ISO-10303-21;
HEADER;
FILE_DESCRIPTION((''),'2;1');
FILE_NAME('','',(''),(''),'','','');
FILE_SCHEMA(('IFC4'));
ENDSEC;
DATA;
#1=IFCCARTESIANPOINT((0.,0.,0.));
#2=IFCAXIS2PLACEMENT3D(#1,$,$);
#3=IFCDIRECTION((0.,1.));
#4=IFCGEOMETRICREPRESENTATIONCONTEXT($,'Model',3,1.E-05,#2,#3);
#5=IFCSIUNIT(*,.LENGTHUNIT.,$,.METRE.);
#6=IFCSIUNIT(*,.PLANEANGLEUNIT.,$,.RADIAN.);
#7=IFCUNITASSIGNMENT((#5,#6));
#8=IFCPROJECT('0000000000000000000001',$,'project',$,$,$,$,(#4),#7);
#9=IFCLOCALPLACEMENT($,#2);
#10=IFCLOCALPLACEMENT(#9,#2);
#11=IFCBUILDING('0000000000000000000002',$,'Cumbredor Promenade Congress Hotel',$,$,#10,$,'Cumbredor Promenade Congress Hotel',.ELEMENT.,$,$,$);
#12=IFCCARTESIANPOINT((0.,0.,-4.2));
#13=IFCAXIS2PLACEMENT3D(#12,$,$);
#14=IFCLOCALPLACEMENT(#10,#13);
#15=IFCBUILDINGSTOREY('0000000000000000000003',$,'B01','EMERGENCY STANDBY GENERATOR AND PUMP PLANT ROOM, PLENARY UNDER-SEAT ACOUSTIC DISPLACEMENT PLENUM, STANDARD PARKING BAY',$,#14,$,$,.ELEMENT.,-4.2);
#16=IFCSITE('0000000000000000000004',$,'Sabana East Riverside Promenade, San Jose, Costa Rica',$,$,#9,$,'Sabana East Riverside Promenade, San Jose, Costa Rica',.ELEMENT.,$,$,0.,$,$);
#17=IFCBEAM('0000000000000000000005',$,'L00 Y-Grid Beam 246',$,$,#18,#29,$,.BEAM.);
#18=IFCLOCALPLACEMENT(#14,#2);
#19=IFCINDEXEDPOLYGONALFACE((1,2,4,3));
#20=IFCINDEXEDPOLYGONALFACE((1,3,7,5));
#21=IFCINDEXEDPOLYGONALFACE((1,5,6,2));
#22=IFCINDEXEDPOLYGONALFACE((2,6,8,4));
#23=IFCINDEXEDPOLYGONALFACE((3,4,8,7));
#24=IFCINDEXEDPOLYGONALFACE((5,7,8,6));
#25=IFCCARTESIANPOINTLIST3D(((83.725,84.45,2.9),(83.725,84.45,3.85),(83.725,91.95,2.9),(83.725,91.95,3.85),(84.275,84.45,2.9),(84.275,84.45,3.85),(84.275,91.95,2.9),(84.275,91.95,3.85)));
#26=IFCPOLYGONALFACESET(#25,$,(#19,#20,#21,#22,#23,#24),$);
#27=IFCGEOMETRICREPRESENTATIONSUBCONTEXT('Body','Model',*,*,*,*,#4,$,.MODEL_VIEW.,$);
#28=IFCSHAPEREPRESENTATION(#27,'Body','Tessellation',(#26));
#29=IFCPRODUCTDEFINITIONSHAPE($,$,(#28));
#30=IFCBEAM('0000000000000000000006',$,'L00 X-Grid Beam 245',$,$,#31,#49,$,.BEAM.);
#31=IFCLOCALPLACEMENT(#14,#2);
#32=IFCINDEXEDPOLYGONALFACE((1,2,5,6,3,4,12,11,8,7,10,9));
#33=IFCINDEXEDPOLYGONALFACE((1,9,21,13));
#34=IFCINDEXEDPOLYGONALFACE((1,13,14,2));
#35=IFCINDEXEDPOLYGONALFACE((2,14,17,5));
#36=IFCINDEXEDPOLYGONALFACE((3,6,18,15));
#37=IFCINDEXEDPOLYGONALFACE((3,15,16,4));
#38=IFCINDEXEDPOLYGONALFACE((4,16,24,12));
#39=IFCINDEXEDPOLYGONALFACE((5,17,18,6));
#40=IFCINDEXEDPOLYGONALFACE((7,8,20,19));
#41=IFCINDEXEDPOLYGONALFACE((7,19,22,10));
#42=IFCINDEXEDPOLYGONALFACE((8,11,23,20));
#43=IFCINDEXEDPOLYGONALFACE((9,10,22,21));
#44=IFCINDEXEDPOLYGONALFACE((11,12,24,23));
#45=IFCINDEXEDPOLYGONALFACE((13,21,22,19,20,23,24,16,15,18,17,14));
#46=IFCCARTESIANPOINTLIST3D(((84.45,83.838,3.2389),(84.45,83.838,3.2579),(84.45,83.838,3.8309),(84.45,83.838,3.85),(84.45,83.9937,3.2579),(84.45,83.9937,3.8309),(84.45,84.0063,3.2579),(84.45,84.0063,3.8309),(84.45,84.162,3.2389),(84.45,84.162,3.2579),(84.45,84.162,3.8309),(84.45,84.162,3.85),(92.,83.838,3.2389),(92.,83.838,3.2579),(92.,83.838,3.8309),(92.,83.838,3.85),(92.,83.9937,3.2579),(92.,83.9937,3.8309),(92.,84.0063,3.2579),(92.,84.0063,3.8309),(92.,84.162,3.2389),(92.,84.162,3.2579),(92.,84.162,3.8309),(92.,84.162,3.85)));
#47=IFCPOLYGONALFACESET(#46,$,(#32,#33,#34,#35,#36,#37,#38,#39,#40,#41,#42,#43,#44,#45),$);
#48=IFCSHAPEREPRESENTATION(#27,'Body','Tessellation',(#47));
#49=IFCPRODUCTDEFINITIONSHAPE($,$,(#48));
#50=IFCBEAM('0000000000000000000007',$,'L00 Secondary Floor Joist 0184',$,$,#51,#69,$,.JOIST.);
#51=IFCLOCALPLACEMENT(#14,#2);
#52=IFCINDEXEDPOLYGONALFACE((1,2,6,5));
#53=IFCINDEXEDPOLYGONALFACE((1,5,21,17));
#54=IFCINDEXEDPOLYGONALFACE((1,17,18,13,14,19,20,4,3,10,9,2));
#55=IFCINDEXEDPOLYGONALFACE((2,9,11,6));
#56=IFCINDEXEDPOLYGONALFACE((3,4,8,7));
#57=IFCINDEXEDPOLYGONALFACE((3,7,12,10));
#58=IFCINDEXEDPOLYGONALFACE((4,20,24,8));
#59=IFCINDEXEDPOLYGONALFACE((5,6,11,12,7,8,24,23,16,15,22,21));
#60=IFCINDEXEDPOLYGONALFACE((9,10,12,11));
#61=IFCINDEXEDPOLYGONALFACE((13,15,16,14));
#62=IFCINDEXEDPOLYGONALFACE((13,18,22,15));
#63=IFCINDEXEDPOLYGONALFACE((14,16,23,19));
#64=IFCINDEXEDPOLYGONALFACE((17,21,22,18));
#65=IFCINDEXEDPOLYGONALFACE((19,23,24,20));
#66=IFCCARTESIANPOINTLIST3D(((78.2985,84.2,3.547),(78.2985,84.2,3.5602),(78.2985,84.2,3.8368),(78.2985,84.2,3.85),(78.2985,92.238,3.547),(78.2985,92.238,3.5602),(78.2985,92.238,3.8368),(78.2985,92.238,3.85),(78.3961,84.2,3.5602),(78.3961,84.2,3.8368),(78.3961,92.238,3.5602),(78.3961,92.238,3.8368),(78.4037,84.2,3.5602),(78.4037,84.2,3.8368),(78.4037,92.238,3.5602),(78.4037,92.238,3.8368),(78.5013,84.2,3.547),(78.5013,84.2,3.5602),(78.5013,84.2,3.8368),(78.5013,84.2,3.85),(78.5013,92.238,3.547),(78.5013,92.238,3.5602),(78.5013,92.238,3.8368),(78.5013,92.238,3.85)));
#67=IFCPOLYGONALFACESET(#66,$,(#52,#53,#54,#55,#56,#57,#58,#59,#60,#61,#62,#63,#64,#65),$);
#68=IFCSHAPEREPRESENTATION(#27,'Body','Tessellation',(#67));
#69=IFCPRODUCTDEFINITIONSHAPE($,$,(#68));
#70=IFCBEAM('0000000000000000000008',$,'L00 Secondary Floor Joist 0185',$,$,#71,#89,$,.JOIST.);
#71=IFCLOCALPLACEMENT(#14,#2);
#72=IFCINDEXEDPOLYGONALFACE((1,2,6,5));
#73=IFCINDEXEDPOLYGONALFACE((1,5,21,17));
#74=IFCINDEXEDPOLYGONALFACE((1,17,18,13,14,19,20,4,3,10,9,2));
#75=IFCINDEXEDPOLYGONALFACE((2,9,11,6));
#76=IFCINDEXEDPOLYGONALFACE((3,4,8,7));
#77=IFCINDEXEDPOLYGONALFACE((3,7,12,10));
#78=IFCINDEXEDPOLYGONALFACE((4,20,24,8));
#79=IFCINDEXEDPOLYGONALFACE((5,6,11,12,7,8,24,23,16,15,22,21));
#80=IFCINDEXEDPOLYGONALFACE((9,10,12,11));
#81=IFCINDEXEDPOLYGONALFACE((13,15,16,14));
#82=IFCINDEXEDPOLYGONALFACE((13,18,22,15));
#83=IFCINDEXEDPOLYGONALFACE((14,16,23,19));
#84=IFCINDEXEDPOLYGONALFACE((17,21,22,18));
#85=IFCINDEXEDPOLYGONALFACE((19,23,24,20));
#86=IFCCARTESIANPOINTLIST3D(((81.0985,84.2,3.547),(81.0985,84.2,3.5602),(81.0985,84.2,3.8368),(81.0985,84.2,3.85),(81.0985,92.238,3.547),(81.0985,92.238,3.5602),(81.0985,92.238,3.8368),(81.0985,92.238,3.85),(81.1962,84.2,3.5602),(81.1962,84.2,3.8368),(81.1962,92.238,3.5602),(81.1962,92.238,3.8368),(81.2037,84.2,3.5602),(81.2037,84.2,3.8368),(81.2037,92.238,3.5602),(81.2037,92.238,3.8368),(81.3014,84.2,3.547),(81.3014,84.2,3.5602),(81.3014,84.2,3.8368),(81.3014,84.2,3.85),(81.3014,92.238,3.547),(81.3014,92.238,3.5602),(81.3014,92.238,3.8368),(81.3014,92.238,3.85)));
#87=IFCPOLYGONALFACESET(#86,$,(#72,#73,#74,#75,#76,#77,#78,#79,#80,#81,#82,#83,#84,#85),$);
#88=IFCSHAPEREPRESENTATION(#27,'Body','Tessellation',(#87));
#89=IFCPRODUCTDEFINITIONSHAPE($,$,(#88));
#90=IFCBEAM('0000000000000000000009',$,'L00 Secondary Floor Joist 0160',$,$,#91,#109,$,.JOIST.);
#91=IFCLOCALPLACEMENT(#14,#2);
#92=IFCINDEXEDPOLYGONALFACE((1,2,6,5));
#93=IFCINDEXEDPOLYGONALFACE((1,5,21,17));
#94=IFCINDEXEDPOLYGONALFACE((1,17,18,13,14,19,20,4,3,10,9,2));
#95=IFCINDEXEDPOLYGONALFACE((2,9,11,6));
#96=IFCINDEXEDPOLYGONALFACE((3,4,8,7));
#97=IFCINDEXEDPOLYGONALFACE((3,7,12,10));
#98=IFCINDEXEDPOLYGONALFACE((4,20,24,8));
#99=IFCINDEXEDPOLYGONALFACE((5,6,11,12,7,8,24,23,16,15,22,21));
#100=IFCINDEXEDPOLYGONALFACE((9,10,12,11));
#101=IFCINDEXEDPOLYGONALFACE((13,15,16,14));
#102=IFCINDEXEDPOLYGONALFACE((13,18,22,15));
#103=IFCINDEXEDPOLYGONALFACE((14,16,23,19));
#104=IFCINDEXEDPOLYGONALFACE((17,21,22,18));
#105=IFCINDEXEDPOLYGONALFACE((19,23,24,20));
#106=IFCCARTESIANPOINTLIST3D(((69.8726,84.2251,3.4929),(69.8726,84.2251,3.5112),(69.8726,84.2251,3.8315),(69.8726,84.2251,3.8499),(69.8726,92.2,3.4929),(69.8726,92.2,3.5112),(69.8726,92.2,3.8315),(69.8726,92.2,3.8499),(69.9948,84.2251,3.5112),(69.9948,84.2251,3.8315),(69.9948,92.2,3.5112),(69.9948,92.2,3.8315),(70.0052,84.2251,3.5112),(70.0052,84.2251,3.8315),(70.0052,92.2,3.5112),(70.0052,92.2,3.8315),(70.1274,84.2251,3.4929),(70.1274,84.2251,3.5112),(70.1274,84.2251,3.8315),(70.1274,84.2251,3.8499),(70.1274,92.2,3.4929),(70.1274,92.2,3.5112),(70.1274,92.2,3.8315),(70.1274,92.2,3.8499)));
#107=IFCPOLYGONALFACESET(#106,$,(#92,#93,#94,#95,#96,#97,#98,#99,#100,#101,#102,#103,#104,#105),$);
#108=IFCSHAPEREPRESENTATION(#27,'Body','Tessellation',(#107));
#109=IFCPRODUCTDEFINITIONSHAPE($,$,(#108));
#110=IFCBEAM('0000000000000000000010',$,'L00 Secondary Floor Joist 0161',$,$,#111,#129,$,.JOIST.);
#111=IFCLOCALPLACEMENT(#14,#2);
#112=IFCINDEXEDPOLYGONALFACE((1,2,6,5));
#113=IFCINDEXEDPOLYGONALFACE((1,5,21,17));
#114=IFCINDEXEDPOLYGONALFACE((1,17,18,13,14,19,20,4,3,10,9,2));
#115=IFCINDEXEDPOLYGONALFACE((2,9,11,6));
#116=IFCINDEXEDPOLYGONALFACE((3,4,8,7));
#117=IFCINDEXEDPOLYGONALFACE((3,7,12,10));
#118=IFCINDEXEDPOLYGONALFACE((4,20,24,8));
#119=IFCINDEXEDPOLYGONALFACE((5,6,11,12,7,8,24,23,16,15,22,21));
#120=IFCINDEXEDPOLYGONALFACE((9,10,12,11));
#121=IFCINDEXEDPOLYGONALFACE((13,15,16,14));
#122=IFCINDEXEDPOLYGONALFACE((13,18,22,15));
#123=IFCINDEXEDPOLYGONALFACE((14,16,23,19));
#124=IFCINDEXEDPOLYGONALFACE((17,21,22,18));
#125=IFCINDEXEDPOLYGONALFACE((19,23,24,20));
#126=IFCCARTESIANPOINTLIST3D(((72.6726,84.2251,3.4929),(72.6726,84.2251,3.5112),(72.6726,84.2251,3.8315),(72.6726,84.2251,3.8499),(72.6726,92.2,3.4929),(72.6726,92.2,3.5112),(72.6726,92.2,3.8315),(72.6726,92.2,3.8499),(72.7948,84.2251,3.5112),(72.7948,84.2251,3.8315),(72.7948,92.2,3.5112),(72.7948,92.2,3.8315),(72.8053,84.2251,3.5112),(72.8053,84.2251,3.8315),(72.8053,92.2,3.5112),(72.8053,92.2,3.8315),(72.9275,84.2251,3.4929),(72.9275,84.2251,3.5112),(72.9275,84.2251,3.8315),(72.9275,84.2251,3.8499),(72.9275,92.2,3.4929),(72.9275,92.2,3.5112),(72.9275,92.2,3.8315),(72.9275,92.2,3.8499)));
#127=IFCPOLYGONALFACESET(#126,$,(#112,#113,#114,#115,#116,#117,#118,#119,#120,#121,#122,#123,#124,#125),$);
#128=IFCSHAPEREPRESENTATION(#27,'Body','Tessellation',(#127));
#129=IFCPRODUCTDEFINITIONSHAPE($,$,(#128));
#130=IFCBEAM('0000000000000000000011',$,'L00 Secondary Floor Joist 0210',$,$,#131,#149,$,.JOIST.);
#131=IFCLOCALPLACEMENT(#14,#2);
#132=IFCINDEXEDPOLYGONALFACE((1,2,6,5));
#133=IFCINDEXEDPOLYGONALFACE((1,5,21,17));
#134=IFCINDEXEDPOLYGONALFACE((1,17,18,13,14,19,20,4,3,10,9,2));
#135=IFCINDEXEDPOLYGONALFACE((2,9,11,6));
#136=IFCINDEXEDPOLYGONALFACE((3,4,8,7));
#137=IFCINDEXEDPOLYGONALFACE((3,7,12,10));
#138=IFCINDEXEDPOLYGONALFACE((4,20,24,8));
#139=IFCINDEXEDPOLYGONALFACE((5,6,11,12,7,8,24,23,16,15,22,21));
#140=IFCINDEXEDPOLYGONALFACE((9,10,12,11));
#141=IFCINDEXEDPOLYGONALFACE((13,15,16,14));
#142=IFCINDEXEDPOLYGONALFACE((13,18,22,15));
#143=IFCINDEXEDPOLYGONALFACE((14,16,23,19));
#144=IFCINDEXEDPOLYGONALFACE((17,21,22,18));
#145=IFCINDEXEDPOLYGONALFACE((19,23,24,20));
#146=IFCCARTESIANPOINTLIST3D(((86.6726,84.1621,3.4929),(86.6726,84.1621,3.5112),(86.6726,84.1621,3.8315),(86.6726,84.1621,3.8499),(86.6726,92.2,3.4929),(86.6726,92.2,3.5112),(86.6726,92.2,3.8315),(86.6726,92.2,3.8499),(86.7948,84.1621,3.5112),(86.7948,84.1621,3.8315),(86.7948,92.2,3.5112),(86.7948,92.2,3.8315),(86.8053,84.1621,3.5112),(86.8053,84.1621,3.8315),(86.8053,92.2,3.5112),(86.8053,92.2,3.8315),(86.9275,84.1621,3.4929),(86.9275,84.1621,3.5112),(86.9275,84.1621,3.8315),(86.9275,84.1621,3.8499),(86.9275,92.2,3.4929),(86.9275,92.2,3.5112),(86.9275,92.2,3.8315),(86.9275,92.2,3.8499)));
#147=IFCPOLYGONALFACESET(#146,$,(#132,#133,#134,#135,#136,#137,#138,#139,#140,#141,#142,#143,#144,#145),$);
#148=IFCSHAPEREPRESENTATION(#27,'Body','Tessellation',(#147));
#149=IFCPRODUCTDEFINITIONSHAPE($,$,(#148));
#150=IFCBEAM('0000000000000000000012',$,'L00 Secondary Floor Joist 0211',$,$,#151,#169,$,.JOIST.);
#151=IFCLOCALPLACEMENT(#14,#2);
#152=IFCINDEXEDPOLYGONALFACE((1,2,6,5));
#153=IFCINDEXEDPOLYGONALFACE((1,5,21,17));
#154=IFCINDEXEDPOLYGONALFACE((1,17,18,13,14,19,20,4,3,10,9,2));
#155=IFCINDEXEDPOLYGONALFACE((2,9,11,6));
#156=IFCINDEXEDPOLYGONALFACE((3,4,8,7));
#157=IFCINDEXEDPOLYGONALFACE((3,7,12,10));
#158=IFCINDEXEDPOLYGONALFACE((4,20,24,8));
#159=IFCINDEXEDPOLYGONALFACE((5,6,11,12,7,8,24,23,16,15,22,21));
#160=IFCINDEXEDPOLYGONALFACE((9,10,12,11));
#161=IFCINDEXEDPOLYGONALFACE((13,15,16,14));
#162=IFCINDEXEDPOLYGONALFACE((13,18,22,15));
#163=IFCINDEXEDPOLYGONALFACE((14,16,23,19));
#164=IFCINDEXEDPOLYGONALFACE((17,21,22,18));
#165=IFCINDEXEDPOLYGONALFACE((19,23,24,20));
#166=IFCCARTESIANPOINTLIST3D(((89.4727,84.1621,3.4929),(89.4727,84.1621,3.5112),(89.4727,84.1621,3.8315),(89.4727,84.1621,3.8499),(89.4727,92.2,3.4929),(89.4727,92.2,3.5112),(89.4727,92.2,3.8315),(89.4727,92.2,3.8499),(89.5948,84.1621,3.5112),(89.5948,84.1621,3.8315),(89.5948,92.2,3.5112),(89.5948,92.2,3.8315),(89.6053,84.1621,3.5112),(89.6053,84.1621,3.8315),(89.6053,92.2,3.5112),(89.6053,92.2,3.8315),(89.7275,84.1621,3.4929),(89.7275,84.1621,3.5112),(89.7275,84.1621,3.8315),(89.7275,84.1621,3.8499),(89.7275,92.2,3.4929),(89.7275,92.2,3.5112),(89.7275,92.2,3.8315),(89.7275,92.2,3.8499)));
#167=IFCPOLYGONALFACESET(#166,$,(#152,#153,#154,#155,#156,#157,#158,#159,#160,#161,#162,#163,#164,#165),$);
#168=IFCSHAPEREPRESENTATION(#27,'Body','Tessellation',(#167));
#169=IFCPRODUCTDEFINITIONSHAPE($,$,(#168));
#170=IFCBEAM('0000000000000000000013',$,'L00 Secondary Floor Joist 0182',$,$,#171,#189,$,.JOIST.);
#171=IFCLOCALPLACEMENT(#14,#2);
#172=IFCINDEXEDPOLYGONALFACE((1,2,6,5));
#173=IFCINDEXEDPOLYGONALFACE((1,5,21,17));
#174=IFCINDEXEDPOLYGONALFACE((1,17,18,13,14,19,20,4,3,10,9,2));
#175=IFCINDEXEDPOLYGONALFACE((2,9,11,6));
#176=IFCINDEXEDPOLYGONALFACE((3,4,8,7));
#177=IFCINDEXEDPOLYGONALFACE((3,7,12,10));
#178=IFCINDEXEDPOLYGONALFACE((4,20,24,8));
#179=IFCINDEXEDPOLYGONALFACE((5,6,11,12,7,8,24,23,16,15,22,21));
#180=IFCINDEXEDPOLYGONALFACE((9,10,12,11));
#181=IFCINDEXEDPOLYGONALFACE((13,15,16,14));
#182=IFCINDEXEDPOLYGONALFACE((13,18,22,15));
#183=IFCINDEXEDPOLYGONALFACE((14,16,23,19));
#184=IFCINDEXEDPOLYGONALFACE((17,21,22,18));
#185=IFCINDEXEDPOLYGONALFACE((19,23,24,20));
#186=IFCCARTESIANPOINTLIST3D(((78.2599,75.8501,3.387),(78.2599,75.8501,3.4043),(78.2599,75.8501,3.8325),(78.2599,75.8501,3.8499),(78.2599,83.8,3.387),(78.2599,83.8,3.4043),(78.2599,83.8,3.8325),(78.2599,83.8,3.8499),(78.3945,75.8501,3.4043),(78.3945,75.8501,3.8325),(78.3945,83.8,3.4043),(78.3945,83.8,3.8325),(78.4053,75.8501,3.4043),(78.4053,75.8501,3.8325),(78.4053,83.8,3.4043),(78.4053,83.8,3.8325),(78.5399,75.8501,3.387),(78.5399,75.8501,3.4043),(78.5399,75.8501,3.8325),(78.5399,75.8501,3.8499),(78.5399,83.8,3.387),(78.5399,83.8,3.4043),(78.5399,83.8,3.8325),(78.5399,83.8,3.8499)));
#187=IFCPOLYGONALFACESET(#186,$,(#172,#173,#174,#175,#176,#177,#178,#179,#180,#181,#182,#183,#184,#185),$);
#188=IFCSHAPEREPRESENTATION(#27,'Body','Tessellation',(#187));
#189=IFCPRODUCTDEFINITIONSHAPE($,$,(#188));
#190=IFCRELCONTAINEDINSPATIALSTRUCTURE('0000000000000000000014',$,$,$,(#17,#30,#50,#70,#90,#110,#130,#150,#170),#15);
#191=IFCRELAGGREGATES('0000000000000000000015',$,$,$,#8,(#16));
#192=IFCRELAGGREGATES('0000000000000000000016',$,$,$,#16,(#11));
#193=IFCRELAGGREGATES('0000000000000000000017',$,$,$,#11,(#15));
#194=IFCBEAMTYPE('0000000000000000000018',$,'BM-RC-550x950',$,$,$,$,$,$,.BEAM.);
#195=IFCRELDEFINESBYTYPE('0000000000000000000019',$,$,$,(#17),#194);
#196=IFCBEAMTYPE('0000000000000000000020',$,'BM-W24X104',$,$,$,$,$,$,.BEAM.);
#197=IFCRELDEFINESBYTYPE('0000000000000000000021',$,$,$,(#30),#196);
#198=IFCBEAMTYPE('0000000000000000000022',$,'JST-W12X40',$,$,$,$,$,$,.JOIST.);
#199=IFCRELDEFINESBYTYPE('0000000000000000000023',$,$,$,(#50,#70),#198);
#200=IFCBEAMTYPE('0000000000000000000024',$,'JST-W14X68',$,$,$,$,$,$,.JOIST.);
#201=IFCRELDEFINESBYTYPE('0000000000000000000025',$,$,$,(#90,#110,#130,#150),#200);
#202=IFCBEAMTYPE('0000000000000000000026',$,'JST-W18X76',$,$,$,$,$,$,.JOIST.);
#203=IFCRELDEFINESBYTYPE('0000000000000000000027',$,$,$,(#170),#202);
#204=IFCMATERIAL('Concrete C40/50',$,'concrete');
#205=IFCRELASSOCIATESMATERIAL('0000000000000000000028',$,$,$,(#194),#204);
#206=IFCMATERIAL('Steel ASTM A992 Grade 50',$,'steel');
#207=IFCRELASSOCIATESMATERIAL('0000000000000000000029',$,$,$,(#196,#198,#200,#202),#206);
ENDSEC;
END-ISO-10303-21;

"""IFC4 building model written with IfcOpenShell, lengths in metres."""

from ifc_helpers import new_model, si_unit, direction, frame, origin, origin_2d, place, context, subcontext, project, spatial, rectangle, i_section, extrude, material, material_profile, profile_set, type_object, element, save


model = new_model("IFC4")

# Units and contexts
model_context = context("Model", 3, precision=1e-05, world=origin(), true_north=direction((0.0, 1.0)))
body_context = subcontext(model_context, "Body", "Model", "MODEL_VIEW")
ifc_project = project(units=[si_unit("LENGTHUNIT", "METRE"), si_unit("PLANEANGLEUNIT", "RADIAN")], contexts=[model_context])

# Site, building, storey
site_placement = place(None, origin())
site = spatial("IfcSite", under=ifc_project, at=site_placement, Name="Sabana East Riverside Promenade, San Jose, Costa Rica", LongName="Sabana East Riverside Promenade, San Jose, Costa Rica", CompositionType="ELEMENT", RefElevation=0.0)
building_placement = place(site_placement, origin())
building = spatial("IfcBuilding", under=site, at=building_placement, Name="Cumbredor Promenade Congress Hotel", LongName="Cumbredor Promenade Congress Hotel", CompositionType="ELEMENT")
storey_placement = place(building_placement, frame((0.0, 0.0, -4.2)))
storey = spatial("IfcBuildingStorey", under=building, at=storey_placement, Name="B01", Description="EMERGENCY STANDBY GENERATOR AND PUMP PLANT ROOM, PLENARY UNDER-SEAT ACOUSTIC DISPLACEMENT PLENUM, STANDARD PARKING BAY", CompositionType="ELEMENT", Elevation=-4.2)

# Beams
ifc_material_1 = material(Name="Concrete C40/50", Category="concrete")
ifc_material_profile_1 = material_profile(ifc_material_1, rectangle(XDim=0.55, YDim=0.95, at=origin_2d()), Name="RC BEAM 550x950")
ifc_profile_set_1 = profile_set([ifc_material_profile_1], Name="Concrete C40/50")
beam_type_1 = type_object("IfcBeamType", Name="BM-RC-550x950", PredefinedType="BEAM", material=ifc_profile_set_1)
beam_1_placement = place(storey_placement, frame((84.0, 84.45, 3.375), z_axis=(0.0, 1.0, 0.0), x_axis=(-1.0, 0.0, 0.0)))
element("IfcBeam", 1, at=beam_1_placement, inside=storey, type_object=beam_type_1, Name="L00 Y-Grid Beam 246", PredefinedType="BEAM", context=body_context, shape_type="SweptSolid", body=[
    extrude(rectangle(XDim=0.55, YDim=0.95, at=origin_2d()), origin(), (0.0, 0.0, 1.0), 7.5),
])
ifc_material_2 = material(Name="Steel ASTM A992 Grade 50", Category="steel")
ifc_material_profile_2 = material_profile(ifc_material_2, i_section(OverallWidth=0.324, OverallDepth=0.6111, WebThickness=0.0127, FlangeThickness=0.019, at=origin_2d()), Name="W24X104")
ifc_profile_set_2 = profile_set([ifc_material_profile_2], Name="Steel ASTM A992 Grade 50")
beam_type_2 = type_object("IfcBeamType", Name="BM-W24X104", PredefinedType="BEAM", material=ifc_profile_set_2)
beam_2_placement = place(storey_placement, frame((84.45, 84.0, 3.5444), z_axis=(1.0, 0.0, 0.0), x_axis=(0.0, 1.0, 0.0)))
element("IfcBeam", 2, at=beam_2_placement, inside=storey, type_object=beam_type_2, Name="L00 X-Grid Beam 245", PredefinedType="BEAM", context=body_context, shape_type="SweptSolid", body=[
    extrude(i_section(OverallWidth=0.324, OverallDepth=0.6111, WebThickness=0.0127, FlangeThickness=0.019, at=origin_2d()), origin(), (0.0, 0.0, 1.0), 7.55),
])
ifc_material_profile_3 = material_profile(ifc_material_2, i_section(OverallWidth=0.2029, OverallDepth=0.303, WebThickness=0.0076, FlangeThickness=0.0132, at=origin_2d()), Name="W12X40")
ifc_profile_set_3 = profile_set([ifc_material_profile_3], Name="Steel ASTM A992 Grade 50")
beam_type_3 = type_object("IfcBeamType", Name="JST-W12X40", PredefinedType="JOIST", material=ifc_profile_set_3)
for number, where, z_axis, x_axis, name in (
    (3, (78.3999, 84.2, 3.6985), (0.0, 1.0, 0.0), (-1.0, 0.0, 0.0), "L00 Secondary Floor Joist 0184"),
    (4, (81.2, 84.2, 3.6985), (0.0, 1.0, 0.0), (-1.0, 0.0, 0.0), "L00 Secondary Floor Joist 0185"),
):
    element("IfcBeam", number, at=place(storey_placement, frame(where, z_axis=z_axis, x_axis=x_axis)), inside=storey, type_object=beam_type_3, Name=name, PredefinedType="JOIST", context=body_context, shape_type="SweptSolid", body=[
        extrude(i_section(OverallWidth=0.2029, OverallDepth=0.303, WebThickness=0.0076, FlangeThickness=0.0132, at=origin_2d()), origin(), (0.0, 0.0, 1.0), 8.0381),
    ])
ifc_material_profile_4 = material_profile(ifc_material_2, i_section(OverallWidth=0.2549, OverallDepth=0.3569, WebThickness=0.0105, FlangeThickness=0.0183, at=origin_2d()), Name="W14X68")
ifc_profile_set_4 = profile_set([ifc_material_profile_4], Name="Steel ASTM A992 Grade 50")
beam_type_4 = type_object("IfcBeamType", Name="JST-W14X68", PredefinedType="JOIST", material=ifc_profile_set_4)
for number, where, z_axis, x_axis, name in (
    (5, (70.0, 84.2251, 3.6714), (0.0, 1.0, 0.0), (-1.0, 0.0, 0.0), "L00 Secondary Floor Joist 0160"),
    (6, (72.8, 84.2251, 3.6714), (0.0, 1.0, 0.0), (-1.0, 0.0, 0.0), "L00 Secondary Floor Joist 0161"),
):
    element("IfcBeam", number, at=place(storey_placement, frame(where, z_axis=z_axis, x_axis=x_axis)), inside=storey, type_object=beam_type_4, Name=name, PredefinedType="JOIST", context=body_context, shape_type="SweptSolid", body=[
        extrude(i_section(OverallWidth=0.2549, OverallDepth=0.3569, WebThickness=0.0105, FlangeThickness=0.0183, at=origin_2d()), origin(), (0.0, 0.0, 1.0), 7.9749),
    ])
for number, where, z_axis, x_axis, name in (
    (7, (86.8, 84.1621, 3.6714), (0.0, 1.0, 0.0), (-1.0, 0.0, 0.0), "L00 Secondary Floor Joist 0210"),
    (8, (89.6001, 84.1621, 3.6714), (0.0, 1.0, 0.0), (-1.0, 0.0, 0.0), "L00 Secondary Floor Joist 0211"),
):
    element("IfcBeam", number, at=place(storey_placement, frame(where, z_axis=z_axis, x_axis=x_axis)), inside=storey, type_object=beam_type_4, Name=name, PredefinedType="JOIST", context=body_context, shape_type="SweptSolid", body=[
        extrude(i_section(OverallWidth=0.2549, OverallDepth=0.3569, WebThickness=0.0105, FlangeThickness=0.0183, at=origin_2d()), origin(), (0.0, 0.0, 1.0), 8.0378),
    ])
ifc_material_profile_5 = material_profile(ifc_material_2, i_section(OverallWidth=0.28, OverallDepth=0.4629, WebThickness=0.0107, FlangeThickness=0.0173, at=origin_2d()), Name="W18X76")
ifc_profile_set_5 = profile_set([ifc_material_profile_5], Name="Steel ASTM A992 Grade 50")
beam_type_5 = type_object("IfcBeamType", Name="JST-W18X76", PredefinedType="JOIST", material=ifc_profile_set_5)
for number, where, z_axis, x_axis, name in (
    (9, (78.3999, 75.8501, 3.6184), (0.0, 1.0, 0.0), (-1.0, 0.0, 0.0), "L00 Secondary Floor Joist 0182"),
):
    element("IfcBeam", number, at=place(storey_placement, frame(where, z_axis=z_axis, x_axis=x_axis)), inside=storey, type_object=beam_type_5, Name=name, PredefinedType="JOIST", context=body_context, shape_type="SweptSolid", body=[
        extrude(i_section(OverallWidth=0.28, OverallDepth=0.4629, WebThickness=0.0107, FlangeThickness=0.0173, at=origin_2d()), origin(), (0.0, 0.0, 1.0), 7.95),
    ])

save(model, "model.ifc")
